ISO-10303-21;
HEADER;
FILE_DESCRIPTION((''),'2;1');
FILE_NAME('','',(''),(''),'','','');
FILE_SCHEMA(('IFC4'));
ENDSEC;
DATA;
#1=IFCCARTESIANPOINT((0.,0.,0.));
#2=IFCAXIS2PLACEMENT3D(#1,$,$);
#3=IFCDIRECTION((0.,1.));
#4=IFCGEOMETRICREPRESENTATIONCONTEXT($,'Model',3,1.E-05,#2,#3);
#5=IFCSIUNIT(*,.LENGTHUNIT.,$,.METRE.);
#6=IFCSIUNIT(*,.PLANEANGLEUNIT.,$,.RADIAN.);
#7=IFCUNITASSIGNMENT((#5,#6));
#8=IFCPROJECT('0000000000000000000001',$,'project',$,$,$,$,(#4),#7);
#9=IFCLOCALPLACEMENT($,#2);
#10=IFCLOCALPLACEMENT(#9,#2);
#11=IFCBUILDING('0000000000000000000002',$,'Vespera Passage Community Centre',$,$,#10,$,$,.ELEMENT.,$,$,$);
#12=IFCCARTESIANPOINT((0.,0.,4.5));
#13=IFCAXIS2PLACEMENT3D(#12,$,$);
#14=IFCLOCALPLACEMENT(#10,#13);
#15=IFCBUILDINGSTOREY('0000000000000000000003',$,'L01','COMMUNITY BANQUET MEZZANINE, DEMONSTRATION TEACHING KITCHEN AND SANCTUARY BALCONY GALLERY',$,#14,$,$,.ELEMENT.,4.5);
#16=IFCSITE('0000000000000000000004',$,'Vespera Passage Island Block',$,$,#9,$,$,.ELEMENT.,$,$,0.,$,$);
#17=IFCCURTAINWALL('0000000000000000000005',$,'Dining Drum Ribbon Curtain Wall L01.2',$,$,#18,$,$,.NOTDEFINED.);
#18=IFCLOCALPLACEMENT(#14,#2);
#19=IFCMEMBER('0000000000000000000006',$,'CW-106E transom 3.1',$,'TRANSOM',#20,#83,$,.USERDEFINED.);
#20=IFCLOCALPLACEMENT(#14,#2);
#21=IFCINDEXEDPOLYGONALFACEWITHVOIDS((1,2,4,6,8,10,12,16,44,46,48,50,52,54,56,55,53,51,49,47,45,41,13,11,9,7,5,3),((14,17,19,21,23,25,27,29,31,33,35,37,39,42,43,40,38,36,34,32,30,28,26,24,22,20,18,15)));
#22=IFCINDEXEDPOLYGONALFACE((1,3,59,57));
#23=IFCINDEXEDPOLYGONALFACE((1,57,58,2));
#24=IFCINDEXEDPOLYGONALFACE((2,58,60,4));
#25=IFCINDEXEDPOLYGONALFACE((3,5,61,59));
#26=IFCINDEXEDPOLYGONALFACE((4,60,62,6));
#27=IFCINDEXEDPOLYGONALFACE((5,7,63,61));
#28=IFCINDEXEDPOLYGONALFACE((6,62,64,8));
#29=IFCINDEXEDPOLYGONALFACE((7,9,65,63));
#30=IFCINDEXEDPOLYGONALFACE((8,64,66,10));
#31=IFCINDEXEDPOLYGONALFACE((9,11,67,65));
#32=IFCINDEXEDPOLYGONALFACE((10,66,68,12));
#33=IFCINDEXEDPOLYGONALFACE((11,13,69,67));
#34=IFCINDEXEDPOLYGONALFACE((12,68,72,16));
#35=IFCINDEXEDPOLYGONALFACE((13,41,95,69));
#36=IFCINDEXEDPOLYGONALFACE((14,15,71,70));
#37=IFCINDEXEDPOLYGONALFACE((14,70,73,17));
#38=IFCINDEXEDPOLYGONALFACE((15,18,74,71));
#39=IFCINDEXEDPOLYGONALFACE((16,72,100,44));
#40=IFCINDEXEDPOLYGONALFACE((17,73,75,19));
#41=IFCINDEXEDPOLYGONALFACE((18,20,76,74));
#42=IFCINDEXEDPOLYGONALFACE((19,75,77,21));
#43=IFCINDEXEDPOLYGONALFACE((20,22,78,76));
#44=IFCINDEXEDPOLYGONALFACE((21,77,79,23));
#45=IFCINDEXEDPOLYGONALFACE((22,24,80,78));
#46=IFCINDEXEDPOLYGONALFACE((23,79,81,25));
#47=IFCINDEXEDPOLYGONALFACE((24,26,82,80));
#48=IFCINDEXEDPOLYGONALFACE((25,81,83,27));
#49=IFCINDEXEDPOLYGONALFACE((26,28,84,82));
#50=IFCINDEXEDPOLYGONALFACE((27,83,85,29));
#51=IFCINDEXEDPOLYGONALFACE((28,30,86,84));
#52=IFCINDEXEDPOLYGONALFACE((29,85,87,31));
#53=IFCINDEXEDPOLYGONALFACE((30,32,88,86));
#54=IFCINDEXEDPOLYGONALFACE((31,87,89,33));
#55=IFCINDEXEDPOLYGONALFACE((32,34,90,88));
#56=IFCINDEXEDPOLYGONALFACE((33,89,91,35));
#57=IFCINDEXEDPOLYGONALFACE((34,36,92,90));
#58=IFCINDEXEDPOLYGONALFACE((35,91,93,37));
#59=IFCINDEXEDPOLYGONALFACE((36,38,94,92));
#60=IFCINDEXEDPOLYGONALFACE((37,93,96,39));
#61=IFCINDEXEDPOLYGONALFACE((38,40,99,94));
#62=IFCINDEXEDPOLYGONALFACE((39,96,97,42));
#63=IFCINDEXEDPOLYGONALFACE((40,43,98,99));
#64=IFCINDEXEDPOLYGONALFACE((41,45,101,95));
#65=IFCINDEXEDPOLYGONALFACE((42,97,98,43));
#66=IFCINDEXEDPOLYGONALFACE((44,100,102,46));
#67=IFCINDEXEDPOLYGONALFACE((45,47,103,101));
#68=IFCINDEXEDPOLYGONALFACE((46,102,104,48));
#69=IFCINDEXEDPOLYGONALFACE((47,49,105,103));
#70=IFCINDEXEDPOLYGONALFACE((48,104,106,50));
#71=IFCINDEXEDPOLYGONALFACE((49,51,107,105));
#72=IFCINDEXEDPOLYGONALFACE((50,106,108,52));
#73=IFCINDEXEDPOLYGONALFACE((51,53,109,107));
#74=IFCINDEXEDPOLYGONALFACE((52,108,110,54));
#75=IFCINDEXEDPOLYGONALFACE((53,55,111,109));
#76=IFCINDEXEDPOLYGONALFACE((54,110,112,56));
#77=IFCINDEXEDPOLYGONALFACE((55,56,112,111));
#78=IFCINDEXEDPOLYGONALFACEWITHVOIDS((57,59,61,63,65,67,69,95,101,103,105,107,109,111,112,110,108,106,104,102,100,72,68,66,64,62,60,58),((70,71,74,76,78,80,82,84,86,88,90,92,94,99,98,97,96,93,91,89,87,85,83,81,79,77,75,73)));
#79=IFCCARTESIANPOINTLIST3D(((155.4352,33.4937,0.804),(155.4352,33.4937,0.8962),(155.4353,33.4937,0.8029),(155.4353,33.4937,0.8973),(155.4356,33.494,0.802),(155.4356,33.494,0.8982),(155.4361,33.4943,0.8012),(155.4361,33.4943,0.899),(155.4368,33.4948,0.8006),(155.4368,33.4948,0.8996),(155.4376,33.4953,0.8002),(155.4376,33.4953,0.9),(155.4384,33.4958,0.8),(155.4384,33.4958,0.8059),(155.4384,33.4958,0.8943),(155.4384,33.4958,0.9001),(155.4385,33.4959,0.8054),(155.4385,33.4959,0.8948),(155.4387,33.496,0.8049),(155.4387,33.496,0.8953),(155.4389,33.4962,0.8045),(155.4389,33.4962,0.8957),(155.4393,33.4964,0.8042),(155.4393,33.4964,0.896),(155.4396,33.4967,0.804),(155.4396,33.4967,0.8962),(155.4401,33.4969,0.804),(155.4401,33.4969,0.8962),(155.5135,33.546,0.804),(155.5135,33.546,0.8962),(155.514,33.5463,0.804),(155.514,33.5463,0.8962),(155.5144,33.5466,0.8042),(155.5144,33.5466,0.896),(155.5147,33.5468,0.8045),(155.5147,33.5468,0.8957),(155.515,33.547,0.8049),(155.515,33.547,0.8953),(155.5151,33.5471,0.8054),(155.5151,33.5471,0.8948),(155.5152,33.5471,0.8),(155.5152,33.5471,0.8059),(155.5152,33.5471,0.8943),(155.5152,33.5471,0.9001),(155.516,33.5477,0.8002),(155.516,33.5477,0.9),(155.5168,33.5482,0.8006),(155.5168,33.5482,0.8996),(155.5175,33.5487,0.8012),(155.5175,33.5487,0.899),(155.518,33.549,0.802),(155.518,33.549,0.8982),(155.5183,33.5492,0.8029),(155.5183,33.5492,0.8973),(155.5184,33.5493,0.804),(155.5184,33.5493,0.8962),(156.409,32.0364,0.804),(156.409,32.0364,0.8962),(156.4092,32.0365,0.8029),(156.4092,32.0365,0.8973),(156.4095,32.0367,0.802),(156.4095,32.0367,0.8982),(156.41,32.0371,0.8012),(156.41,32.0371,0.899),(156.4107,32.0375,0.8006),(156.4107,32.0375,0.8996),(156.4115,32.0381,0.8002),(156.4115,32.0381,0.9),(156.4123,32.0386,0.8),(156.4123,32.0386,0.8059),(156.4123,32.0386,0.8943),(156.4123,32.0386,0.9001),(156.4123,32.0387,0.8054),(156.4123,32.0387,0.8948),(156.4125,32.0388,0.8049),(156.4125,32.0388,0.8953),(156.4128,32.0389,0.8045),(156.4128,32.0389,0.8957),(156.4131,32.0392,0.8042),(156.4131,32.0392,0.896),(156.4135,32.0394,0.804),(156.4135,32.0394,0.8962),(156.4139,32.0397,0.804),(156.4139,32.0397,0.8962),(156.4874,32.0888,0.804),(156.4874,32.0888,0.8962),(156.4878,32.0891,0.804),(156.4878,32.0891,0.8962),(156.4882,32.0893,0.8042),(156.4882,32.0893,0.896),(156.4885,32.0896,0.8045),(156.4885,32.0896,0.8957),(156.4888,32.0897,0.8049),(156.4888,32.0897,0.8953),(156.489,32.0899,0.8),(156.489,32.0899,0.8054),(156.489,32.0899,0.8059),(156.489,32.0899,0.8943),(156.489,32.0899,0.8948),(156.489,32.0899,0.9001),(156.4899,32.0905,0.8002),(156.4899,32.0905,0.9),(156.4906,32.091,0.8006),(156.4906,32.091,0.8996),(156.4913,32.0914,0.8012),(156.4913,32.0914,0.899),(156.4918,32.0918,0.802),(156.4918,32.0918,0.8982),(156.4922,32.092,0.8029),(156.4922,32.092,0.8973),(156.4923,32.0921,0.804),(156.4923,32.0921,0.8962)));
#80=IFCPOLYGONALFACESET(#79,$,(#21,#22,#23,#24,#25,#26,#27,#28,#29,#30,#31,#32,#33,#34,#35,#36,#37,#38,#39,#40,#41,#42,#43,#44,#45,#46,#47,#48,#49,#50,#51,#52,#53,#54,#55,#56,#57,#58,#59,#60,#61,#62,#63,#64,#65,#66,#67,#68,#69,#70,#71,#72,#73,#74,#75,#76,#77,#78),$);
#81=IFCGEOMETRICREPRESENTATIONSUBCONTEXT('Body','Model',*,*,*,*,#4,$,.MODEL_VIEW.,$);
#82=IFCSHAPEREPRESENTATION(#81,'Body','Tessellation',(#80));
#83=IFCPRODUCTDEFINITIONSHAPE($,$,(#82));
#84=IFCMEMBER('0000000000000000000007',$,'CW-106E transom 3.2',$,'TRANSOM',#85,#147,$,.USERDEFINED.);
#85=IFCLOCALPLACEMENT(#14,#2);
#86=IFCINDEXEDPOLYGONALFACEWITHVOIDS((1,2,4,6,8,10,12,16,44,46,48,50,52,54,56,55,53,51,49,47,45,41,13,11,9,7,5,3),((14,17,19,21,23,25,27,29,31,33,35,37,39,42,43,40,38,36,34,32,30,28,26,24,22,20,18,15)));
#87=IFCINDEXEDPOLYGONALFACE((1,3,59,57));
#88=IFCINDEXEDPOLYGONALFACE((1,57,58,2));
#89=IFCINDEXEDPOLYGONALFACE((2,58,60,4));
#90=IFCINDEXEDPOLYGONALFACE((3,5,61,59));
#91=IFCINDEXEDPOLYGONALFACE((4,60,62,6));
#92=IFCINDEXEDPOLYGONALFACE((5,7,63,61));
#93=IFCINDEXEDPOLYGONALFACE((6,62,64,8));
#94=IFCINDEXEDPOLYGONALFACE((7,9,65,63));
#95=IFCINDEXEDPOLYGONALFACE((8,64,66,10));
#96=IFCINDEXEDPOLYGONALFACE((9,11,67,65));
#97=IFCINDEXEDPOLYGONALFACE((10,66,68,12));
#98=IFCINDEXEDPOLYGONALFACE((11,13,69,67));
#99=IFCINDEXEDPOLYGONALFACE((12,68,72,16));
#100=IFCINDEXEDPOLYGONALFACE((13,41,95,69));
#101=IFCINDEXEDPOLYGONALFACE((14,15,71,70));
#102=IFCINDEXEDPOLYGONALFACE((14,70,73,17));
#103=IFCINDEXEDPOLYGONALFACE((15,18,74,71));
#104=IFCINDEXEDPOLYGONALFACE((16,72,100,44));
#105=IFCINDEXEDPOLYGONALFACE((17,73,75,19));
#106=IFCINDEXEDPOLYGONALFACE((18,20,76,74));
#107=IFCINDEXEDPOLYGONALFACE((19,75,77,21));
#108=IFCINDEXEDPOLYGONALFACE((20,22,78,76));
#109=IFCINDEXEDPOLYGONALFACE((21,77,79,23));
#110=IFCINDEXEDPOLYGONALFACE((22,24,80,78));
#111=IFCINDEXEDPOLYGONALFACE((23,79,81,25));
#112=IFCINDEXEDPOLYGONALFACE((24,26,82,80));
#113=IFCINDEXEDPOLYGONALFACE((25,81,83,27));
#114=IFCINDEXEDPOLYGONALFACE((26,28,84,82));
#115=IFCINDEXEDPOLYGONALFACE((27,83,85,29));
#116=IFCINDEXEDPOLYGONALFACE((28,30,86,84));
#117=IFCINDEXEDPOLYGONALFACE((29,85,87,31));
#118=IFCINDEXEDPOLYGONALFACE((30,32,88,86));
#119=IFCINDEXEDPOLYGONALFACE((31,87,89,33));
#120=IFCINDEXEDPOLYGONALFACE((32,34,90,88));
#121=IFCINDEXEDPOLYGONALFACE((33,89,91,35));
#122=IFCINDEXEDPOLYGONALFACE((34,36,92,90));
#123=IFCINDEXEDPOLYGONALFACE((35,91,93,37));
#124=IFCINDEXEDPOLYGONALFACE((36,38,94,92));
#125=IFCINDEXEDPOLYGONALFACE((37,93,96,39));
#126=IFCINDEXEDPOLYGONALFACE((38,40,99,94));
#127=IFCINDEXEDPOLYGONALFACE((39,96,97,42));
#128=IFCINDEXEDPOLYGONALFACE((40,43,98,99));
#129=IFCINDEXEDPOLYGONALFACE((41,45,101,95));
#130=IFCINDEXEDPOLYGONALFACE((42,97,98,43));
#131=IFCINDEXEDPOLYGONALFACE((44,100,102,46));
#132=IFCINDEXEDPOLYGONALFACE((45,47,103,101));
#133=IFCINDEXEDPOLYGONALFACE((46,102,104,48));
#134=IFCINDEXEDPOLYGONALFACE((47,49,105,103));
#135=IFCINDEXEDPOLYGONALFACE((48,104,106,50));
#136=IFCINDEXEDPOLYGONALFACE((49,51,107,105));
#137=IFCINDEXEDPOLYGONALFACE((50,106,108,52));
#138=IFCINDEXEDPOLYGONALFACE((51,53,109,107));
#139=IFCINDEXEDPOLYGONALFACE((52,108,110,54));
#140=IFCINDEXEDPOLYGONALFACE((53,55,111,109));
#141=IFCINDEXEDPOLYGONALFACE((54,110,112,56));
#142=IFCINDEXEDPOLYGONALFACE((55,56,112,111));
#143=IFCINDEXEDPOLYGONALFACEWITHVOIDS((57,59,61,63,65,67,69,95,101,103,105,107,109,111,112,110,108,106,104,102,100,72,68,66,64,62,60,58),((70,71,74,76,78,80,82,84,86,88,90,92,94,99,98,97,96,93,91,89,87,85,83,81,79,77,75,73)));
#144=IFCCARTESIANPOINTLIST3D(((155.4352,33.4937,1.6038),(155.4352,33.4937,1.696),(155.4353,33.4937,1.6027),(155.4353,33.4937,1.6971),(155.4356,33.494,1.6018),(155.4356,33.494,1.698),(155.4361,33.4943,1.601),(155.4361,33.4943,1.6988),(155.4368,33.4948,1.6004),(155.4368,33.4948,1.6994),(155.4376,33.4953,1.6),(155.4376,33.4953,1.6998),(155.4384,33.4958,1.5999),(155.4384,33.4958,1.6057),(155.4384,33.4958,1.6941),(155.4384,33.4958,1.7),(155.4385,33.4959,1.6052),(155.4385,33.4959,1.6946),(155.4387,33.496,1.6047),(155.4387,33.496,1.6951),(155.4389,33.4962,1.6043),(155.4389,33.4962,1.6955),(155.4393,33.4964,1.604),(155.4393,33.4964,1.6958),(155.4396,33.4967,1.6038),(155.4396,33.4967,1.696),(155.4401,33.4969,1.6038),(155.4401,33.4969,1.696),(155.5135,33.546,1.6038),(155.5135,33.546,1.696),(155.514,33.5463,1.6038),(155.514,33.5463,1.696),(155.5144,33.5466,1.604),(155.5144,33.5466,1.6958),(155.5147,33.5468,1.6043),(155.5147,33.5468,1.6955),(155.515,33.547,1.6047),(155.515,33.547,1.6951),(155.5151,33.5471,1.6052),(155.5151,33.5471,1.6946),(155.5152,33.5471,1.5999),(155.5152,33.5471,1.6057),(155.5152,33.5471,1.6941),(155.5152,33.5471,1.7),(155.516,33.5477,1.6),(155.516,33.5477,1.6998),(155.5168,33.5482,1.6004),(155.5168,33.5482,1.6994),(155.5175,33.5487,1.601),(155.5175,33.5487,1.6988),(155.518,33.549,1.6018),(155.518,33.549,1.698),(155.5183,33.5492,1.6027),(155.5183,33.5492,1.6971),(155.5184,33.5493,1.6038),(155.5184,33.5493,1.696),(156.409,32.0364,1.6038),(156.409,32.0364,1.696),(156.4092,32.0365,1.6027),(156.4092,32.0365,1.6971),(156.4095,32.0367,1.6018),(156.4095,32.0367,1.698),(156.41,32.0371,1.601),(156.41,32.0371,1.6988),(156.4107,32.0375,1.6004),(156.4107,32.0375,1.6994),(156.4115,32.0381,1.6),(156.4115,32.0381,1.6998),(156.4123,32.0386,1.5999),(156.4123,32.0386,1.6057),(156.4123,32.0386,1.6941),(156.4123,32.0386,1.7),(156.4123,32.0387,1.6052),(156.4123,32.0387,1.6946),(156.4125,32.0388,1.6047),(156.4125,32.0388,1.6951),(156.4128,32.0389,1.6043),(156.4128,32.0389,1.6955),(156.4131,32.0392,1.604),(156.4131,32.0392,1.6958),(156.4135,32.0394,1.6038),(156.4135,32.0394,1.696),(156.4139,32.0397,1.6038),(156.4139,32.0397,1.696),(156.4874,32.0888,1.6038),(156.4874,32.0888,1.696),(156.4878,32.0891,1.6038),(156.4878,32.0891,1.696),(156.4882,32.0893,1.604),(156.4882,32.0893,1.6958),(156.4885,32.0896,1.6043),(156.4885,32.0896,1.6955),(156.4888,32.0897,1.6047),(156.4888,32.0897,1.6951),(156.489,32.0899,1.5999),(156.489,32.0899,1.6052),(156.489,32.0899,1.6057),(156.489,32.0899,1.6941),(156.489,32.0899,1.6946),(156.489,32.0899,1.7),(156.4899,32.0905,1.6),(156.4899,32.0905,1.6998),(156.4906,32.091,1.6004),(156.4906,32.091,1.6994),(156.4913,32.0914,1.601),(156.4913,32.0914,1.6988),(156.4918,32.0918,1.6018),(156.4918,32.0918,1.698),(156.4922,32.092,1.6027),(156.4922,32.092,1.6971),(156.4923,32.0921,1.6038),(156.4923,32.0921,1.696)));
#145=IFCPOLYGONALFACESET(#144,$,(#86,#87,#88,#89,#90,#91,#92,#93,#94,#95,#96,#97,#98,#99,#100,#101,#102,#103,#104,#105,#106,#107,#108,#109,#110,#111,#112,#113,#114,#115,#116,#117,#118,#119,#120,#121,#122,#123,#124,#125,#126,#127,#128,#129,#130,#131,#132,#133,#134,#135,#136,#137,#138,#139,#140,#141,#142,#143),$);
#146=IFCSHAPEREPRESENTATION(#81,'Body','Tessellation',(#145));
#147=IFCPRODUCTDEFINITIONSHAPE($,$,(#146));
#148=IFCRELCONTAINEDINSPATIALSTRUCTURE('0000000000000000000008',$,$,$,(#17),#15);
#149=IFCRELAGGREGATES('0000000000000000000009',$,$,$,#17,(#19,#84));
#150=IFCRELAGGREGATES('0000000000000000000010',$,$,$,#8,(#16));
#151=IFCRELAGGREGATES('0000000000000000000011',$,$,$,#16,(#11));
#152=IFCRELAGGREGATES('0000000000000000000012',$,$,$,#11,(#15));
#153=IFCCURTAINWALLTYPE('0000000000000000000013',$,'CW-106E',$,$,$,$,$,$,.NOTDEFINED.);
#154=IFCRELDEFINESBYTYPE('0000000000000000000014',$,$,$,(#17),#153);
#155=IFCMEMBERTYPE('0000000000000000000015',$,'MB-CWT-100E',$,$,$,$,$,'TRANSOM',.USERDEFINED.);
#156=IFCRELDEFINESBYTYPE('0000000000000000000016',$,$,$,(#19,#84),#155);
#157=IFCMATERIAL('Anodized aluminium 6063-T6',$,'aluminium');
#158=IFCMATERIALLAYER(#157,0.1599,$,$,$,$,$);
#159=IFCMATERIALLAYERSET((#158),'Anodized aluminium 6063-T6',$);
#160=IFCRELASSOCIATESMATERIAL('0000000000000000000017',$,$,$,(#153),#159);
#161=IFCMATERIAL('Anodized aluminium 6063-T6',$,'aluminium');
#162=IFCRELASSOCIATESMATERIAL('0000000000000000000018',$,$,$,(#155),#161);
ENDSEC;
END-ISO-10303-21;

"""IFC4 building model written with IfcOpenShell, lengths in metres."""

from ifc_helpers import new_model, si_unit, direction, frame, origin, origin_2d, place, context, subcontext, project, spatial, hollow_rectangle, extrude, material, layer, layer_set, material_profile, profile_set, type_object, element, aggregate, save


model = new_model("IFC4")

# Units and contexts
model_context = context("Model", 3, precision=1e-05, world=origin(), true_north=direction((0.0, 1.0)))
body_context = subcontext(model_context, "Body", "Model", "MODEL_VIEW")
ifc_project = project(units=[si_unit("LENGTHUNIT", "METRE"), si_unit("PLANEANGLEUNIT", "RADIAN")], contexts=[model_context])

# Site, building, storey
site_placement = place(None, origin())
site = spatial("IfcSite", under=ifc_project, at=site_placement, Name="Vespera Passage Island Block", CompositionType="ELEMENT", RefElevation=0.0)
building_placement = place(site_placement, origin())
building = spatial("IfcBuilding", under=site, at=building_placement, Name="Vespera Passage Community Centre", CompositionType="ELEMENT")
storey_placement = place(building_placement, frame((0.0, 0.0, 4.5)))
storey = spatial("IfcBuildingStorey", under=building, at=storey_placement, Name="L01", Description="COMMUNITY BANQUET MEZZANINE, DEMONSTRATION TEACHING KITCHEN AND SANCTUARY BALCONY GALLERY", CompositionType="ELEMENT", Elevation=4.5)

# Curtain wall
ifc_material_1 = material(Name="Anodized aluminium 6063-T6", Category="aluminium")
ifc_layer_1 = layer(ifc_material_1, 0.1599)
ifc_layer_set_1 = layer_set([ifc_layer_1], Name="Anodized aluminium 6063-T6")
curtain_wall_type_1 = type_object("IfcCurtainWallType", Name="CW-106E", PredefinedType="NOTDEFINED", material=ifc_layer_set_1)
curtain_wall_1_placement = place(storey_placement, origin())
curtain_wall_1 = element("IfcCurtainWall", 1, at=curtain_wall_1_placement, inside=storey, type_object=curtain_wall_type_1, Name="Dining Drum Ribbon Curtain Wall L01.2", PredefinedType="NOTDEFINED")

# Members
ifc_material_2 = material(Name="Anodized aluminium 6063-T6", Category="aluminium")
ifc_material_profile_1 = material_profile(ifc_material_2, hollow_rectangle(XDim=0.1001, YDim=0.1001, WallThickness=0.0039, InnerFilletRadius=0.002, OuterFilletRadius=0.0039, at=origin_2d()), Name="ALU100X100X4")
ifc_profile_set_1 = profile_set([ifc_material_profile_1], Name="Anodized aluminium 6063-T6")
member_type_1 = type_object("IfcMemberType", Name="MB-CWT-100E", ElementType="TRANSOM", PredefinedType="USERDEFINED", material=ifc_profile_set_1)
member_1_placement = place(storey_placement, frame((155.4768, 33.5215, 0.8501), z_axis=(0.555632, -0.831428, 0.0), x_axis=(0.831428, 0.555632, 0.0)))
member_1 = element("IfcMember", 2, at=member_1_placement, type_object=member_type_1, Name="CW-106E transom 3.1", ObjectType="TRANSOM", PredefinedType="USERDEFINED", context=body_context, shape_type="SweptSolid", body=[
    extrude(hollow_rectangle(XDim=0.1001, YDim=0.1001, WallThickness=0.0039, InnerFilletRadius=0.002, OuterFilletRadius=0.0039, at=origin_2d()), origin(), (0.0, 0.0, 1.0), 1.7527),
])
member_2_placement = place(storey_placement, frame((155.4768, 33.5215, 1.6499), z_axis=(0.555632, -0.831428, 0.0), x_axis=(0.831428, 0.555632, 0.0)))
member_2 = element("IfcMember", 3, at=member_2_placement, type_object=member_type_1, Name="CW-106E transom 3.2", ObjectType="TRANSOM", PredefinedType="USERDEFINED", context=body_context, shape_type="SweptSolid", body=[
    extrude(hollow_rectangle(XDim=0.1001, YDim=0.1001, WallThickness=0.0039, InnerFilletRadius=0.002, OuterFilletRadius=0.0039, at=origin_2d()), origin(), (0.0, 0.0, 1.0), 1.7527),
])

aggregate(curtain_wall_1, [member_1, member_2])

save(model, "model.ifc")
